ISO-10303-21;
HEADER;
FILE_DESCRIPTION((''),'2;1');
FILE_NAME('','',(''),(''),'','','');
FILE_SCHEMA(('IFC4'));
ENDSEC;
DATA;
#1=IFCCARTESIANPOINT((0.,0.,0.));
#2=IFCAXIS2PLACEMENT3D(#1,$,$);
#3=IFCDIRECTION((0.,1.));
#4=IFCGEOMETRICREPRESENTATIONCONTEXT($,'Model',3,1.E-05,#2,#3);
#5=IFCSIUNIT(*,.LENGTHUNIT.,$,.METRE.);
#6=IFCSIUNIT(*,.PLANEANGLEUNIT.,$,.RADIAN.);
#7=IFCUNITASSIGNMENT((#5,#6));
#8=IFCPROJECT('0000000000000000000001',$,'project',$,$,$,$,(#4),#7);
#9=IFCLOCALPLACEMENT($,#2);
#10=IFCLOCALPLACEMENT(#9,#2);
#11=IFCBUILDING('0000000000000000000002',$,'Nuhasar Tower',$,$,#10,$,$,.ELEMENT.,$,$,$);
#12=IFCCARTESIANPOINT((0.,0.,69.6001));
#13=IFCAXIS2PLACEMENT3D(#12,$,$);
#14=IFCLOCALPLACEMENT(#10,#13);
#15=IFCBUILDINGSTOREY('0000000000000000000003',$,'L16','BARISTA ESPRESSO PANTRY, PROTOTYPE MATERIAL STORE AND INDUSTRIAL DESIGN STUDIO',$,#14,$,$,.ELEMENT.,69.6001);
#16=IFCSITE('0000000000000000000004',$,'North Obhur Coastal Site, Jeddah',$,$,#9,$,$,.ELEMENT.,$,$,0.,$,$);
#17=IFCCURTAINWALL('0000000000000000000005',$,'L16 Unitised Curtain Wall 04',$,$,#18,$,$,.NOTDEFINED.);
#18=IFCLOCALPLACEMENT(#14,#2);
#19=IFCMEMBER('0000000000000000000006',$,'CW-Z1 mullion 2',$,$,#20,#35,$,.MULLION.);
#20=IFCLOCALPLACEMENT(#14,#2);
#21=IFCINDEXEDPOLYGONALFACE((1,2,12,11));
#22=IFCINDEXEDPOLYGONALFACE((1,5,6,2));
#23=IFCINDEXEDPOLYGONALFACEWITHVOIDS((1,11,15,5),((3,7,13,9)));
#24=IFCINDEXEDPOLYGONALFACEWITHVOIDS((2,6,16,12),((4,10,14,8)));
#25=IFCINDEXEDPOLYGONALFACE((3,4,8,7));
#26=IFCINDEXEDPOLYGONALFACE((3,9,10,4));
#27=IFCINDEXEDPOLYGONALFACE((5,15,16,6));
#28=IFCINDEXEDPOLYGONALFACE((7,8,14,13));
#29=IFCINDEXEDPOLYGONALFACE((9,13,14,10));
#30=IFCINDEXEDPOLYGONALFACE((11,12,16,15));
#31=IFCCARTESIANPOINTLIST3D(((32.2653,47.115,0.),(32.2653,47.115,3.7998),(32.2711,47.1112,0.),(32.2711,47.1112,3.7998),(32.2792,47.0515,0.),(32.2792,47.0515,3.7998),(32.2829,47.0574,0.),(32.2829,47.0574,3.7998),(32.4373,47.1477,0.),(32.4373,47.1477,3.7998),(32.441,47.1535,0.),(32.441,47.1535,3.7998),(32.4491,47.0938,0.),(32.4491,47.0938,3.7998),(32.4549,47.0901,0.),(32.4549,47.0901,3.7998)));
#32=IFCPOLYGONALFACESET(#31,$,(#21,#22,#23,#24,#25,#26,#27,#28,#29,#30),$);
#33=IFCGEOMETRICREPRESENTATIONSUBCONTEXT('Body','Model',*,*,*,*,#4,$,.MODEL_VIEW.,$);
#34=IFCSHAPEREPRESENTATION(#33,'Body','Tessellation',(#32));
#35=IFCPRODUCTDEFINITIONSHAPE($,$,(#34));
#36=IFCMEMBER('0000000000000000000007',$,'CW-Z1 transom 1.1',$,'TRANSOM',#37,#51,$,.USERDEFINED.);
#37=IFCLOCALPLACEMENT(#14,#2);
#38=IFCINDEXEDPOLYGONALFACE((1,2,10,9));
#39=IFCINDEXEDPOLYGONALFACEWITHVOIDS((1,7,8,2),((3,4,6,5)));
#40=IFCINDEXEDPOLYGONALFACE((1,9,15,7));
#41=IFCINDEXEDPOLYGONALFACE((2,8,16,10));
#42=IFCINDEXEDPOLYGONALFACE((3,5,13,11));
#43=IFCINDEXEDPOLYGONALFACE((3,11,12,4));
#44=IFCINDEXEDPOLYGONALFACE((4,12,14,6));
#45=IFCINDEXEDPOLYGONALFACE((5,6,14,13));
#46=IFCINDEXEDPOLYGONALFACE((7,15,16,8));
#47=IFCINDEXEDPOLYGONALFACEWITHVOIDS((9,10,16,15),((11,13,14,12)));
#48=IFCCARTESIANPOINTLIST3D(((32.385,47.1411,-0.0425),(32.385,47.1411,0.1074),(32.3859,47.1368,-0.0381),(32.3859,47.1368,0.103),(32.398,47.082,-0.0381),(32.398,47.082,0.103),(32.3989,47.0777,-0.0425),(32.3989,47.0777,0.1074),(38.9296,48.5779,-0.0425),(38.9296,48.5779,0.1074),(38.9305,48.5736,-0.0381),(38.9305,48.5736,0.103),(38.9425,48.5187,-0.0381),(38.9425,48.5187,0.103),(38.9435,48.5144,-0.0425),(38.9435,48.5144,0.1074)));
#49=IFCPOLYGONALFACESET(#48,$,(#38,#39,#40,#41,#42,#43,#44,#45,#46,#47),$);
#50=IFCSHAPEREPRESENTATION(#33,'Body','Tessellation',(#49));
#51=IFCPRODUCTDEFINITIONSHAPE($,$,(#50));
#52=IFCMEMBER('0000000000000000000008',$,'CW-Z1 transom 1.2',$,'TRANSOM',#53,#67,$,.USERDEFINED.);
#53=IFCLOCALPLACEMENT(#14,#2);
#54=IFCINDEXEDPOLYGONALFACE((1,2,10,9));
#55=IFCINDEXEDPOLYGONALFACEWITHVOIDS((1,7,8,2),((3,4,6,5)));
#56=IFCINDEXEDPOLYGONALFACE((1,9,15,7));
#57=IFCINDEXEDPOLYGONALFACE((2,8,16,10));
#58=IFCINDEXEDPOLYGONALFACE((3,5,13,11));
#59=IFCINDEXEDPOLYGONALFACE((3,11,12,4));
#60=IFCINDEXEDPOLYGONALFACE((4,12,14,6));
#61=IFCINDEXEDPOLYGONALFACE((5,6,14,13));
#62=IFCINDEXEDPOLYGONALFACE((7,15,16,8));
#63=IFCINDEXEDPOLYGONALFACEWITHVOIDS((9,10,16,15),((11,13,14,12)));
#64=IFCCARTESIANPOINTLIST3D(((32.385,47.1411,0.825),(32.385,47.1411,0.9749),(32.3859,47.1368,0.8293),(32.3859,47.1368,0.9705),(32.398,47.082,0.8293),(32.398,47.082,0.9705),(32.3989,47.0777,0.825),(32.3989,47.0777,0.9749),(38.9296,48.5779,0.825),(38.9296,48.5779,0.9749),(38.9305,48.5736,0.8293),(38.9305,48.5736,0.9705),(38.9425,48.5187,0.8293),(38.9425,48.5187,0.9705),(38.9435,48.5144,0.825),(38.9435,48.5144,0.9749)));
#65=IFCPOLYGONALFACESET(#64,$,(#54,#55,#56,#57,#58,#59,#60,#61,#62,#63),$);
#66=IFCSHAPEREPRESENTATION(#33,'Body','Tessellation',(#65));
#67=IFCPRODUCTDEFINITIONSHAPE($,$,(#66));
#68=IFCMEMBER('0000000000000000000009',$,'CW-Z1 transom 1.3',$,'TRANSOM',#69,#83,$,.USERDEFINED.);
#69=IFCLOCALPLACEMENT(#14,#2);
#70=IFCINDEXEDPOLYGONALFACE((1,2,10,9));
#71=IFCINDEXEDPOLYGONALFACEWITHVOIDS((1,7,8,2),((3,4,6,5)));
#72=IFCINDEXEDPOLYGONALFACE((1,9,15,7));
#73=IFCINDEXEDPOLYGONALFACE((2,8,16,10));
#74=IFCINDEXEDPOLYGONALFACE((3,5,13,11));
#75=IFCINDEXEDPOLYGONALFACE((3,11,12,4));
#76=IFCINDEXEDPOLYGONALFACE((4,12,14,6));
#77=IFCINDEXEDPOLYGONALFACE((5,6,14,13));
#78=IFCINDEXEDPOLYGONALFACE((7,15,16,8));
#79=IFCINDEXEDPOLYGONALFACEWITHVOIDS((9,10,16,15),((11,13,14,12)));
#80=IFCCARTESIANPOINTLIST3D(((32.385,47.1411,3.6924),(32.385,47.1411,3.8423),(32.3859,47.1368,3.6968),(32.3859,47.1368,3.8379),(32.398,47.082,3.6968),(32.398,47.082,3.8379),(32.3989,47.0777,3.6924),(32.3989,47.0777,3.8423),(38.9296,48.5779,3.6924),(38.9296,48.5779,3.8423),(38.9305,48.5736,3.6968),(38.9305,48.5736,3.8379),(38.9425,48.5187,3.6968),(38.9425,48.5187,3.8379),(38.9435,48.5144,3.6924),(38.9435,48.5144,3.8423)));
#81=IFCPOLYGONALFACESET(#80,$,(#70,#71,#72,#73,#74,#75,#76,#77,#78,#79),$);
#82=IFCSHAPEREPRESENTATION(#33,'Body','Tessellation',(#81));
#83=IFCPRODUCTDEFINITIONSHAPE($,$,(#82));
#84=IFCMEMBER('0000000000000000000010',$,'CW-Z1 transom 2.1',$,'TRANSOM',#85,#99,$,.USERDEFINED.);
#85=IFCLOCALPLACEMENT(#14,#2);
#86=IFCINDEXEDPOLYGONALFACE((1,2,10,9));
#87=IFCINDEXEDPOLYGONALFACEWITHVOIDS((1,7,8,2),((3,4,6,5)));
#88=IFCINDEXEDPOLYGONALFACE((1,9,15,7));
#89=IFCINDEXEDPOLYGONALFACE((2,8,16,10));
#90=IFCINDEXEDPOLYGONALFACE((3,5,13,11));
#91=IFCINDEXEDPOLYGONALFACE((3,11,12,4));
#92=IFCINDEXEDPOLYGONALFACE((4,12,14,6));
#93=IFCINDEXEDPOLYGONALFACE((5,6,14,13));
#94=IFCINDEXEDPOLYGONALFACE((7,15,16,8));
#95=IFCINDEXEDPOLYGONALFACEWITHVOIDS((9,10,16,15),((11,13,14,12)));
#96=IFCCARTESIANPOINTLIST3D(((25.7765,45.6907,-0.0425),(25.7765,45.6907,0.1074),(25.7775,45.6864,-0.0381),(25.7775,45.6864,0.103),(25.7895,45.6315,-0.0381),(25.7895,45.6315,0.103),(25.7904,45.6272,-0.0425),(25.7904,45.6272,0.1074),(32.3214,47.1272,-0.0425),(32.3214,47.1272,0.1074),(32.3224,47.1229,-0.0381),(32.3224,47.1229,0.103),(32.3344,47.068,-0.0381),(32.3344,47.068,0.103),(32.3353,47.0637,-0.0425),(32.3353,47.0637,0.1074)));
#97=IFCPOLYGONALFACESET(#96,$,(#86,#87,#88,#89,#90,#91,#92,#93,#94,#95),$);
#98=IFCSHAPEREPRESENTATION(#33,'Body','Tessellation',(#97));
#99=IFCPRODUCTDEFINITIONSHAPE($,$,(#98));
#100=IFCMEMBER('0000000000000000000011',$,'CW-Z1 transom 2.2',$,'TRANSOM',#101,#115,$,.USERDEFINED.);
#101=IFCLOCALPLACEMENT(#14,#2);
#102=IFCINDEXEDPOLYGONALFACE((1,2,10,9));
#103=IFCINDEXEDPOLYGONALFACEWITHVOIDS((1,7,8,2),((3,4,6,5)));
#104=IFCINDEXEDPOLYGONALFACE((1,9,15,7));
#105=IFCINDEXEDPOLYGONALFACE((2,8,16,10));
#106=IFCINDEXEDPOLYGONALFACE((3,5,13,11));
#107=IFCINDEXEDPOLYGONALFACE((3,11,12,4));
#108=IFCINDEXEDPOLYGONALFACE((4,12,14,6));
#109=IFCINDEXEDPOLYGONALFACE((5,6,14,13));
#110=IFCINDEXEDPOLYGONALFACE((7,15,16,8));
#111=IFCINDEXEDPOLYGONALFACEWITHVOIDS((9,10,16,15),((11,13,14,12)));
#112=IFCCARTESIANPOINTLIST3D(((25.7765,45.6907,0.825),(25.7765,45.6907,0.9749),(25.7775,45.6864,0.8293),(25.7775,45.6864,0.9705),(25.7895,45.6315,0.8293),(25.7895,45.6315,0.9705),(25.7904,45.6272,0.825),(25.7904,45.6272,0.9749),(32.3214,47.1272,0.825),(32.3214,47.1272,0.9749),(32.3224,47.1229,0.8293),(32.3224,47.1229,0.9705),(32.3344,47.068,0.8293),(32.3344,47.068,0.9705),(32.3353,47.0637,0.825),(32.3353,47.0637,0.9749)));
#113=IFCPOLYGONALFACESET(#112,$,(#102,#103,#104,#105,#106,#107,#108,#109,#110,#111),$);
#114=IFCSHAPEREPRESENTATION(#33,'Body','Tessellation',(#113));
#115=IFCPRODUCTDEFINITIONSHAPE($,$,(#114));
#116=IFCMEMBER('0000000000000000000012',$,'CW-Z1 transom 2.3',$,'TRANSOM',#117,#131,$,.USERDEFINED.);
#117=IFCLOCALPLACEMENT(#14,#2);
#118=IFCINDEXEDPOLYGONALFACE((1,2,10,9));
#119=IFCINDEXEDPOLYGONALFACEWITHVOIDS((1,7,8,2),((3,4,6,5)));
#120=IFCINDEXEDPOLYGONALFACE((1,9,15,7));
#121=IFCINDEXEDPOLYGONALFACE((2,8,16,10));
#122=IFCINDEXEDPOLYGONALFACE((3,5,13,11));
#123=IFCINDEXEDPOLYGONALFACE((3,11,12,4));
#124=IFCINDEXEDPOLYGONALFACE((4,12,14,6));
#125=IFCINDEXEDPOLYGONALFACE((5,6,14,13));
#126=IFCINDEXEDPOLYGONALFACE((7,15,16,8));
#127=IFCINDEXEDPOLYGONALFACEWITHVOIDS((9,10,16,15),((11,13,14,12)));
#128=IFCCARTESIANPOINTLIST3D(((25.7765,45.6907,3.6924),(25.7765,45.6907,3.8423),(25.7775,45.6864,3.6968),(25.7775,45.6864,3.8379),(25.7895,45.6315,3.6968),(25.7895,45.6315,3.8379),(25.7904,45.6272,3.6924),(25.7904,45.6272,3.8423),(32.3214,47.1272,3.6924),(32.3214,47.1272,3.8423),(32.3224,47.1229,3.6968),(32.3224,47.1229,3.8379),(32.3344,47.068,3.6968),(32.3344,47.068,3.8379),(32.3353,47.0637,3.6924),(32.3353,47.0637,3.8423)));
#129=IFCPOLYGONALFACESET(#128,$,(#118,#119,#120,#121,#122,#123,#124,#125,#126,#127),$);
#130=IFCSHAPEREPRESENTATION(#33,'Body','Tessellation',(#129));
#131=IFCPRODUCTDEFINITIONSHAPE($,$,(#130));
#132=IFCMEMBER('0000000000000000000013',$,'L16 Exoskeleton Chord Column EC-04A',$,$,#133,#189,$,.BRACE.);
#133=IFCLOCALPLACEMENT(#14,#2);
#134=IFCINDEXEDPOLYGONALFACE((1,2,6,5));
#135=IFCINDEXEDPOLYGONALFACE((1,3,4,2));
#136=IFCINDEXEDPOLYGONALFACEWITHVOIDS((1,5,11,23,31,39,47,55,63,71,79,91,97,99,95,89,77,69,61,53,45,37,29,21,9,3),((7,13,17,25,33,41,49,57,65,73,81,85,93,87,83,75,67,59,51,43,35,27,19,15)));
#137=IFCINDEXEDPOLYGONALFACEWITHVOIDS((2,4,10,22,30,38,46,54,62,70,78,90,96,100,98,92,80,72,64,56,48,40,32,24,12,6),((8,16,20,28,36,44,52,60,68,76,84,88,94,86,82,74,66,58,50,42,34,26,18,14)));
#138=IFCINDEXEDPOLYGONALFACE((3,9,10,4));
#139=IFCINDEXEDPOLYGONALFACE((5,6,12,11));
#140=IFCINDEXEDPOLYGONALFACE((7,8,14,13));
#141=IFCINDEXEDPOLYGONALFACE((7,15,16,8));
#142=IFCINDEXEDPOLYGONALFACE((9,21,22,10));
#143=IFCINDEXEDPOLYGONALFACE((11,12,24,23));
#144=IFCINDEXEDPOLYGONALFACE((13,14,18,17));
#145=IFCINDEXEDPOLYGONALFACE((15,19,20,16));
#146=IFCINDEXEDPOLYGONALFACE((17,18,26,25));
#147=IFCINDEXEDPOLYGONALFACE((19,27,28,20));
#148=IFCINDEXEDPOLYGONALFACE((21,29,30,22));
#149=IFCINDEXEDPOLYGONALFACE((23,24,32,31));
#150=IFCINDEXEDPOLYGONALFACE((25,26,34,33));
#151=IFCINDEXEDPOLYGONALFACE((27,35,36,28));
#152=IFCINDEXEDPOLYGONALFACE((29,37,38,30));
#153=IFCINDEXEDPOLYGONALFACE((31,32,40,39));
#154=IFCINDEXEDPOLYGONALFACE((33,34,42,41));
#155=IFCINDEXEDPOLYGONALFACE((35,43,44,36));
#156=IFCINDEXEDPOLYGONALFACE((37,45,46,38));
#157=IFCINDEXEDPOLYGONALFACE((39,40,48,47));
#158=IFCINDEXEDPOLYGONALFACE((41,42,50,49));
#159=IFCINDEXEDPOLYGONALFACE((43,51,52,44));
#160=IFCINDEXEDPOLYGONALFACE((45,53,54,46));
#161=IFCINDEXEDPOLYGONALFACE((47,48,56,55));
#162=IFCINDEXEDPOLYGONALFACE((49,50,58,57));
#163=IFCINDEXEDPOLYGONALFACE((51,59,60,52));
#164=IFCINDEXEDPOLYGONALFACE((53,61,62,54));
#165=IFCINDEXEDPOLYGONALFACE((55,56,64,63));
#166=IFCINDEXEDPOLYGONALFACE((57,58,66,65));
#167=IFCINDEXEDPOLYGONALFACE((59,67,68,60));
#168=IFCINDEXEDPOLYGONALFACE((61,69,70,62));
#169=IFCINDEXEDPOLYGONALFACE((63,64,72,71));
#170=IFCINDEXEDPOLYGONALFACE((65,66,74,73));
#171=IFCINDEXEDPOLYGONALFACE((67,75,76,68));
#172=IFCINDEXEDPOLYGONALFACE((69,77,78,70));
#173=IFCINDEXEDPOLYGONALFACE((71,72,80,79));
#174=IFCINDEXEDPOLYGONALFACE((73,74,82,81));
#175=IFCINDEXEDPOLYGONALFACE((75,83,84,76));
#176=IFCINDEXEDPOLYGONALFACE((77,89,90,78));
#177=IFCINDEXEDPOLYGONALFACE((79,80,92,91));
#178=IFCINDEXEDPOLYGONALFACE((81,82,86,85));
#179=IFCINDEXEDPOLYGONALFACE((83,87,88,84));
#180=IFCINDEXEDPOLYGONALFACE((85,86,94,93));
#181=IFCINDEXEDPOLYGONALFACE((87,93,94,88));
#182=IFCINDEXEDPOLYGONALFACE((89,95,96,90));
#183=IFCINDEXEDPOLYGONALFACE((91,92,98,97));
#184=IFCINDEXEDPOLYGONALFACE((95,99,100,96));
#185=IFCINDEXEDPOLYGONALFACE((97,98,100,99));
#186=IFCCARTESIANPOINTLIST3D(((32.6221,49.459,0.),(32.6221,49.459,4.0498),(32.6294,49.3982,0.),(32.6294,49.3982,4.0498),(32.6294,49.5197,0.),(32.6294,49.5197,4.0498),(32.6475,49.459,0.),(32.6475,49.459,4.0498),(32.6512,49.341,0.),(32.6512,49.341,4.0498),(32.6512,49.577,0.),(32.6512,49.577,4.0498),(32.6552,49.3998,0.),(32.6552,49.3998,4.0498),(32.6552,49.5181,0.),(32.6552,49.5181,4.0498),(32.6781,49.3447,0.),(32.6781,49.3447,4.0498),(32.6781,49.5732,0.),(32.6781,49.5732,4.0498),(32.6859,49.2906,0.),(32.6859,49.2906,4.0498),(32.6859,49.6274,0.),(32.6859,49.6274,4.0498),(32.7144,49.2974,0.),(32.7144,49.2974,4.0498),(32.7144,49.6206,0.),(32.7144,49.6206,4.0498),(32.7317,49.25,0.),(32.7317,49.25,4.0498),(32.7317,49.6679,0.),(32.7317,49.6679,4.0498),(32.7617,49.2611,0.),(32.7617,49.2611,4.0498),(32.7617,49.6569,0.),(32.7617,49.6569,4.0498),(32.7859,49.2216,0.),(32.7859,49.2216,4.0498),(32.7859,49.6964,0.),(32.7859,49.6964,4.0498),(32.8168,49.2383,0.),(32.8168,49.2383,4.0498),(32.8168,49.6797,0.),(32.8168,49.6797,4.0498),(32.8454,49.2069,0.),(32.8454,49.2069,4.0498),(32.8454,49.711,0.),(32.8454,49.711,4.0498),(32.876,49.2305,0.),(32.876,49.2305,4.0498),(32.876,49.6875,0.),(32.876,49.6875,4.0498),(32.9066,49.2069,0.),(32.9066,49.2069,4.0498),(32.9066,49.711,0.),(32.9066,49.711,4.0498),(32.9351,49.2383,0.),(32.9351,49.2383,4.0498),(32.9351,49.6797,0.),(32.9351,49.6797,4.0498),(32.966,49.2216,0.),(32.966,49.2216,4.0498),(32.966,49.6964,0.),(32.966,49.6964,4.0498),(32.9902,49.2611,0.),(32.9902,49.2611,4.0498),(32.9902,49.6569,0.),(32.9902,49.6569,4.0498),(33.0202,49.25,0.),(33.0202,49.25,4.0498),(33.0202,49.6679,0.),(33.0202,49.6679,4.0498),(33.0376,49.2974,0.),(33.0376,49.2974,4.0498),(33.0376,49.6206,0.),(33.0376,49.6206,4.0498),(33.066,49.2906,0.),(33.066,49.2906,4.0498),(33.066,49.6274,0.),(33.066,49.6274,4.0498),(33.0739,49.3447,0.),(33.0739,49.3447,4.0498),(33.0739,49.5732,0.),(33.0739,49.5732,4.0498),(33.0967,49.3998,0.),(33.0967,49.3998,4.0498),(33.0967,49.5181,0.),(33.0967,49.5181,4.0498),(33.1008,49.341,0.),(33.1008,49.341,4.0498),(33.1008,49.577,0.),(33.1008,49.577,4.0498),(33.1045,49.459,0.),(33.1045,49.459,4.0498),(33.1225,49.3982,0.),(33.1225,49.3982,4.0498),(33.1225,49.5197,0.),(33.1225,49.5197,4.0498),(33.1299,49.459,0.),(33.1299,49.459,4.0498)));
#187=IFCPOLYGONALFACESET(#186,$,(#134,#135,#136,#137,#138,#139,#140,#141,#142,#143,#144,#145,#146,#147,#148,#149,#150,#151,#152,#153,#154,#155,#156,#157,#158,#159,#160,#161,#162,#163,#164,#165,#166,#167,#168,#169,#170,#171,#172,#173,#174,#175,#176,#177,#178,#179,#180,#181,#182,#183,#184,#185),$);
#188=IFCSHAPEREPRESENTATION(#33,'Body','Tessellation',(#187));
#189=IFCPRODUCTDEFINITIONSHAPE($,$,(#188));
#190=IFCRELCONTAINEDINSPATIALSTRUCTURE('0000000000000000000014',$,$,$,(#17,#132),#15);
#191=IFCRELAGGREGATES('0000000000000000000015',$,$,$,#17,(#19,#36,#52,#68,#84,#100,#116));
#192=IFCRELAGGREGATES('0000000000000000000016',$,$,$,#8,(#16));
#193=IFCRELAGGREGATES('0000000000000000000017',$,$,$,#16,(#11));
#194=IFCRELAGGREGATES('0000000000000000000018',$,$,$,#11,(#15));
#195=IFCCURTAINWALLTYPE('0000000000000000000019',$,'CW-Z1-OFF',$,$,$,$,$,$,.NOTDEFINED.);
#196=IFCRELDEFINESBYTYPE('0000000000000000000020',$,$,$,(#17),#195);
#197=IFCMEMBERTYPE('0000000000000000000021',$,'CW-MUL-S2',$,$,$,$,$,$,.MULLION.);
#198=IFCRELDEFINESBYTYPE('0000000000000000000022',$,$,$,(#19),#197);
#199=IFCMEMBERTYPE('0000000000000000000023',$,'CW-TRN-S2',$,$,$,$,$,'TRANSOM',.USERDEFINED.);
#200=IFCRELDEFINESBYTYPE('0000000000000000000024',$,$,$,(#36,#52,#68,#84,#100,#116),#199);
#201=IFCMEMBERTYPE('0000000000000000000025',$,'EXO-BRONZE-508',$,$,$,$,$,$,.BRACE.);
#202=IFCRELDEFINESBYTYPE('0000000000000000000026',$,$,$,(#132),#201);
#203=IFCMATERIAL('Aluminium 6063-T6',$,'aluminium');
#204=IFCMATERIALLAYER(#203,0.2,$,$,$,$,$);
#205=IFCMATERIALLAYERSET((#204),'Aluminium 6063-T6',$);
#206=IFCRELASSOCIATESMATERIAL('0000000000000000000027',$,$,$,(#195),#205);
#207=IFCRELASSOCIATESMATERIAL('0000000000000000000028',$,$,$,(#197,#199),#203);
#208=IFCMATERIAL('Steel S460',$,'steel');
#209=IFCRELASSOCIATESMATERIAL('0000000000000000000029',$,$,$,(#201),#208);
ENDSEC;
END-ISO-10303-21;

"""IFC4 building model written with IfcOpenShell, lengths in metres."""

from ifc_helpers import new_model, si_unit, direction, frame, origin, origin_2d, place, context, subcontext, project, spatial, hollow_rectangle, hollow_circle, extrude, material, layer, layer_set, material_profile, profile_set, type_object, element, aggregate, save


model = new_model("IFC4")

# Units and contexts
model_context = context("Model", 3, precision=1e-05, world=origin(), true_north=direction((0.0, 1.0)))
body_context = subcontext(model_context, "Body", "Model", "MODEL_VIEW")
ifc_project = project(units=[si_unit("LENGTHUNIT", "METRE"), si_unit("PLANEANGLEUNIT", "RADIAN")], contexts=[model_context])

# Site, building, storey
site_placement = place(None, origin())
site = spatial("IfcSite", under=ifc_project, at=site_placement, Name="North Obhur Coastal Site, Jeddah", CompositionType="ELEMENT", RefElevation=0.0)
building_placement = place(site_placement, origin())
building = spatial("IfcBuilding", under=site, at=building_placement, Name="Nuhasar Tower", CompositionType="ELEMENT")
storey_placement = place(building_placement, frame((0.0, 0.0, 69.6001)))
storey = spatial("IfcBuildingStorey", under=building, at=storey_placement, Name="L16", Description="BARISTA ESPRESSO PANTRY, PROTOTYPE MATERIAL STORE AND INDUSTRIAL DESIGN STUDIO", CompositionType="ELEMENT", Elevation=69.6001)

# Curtain wall, members
ifc_material_1 = material(Name="Aluminium 6063-T6", Category="aluminium")
ifc_layer_1 = layer(ifc_material_1, 0.2)
ifc_layer_set_1 = layer_set([ifc_layer_1], Name="Aluminium 6063-T6")
curtain_wall_type = type_object("IfcCurtainWallType", Name="CW-Z1-OFF", PredefinedType="NOTDEFINED", material=ifc_layer_set_1)
curtain_wall_placement = place(storey_placement, origin())
curtain_wall = element("IfcCurtainWall", 1, at=curtain_wall_placement, inside=storey, type_object=curtain_wall_type, Name="L16 Unitised Curtain Wall 04", PredefinedType="NOTDEFINED")
ifc_material_profile_1 = material_profile(ifc_material_1, hollow_rectangle(XDim=0.0649, YDim=0.1799, WallThickness=0.0049, at=origin_2d()), Name="CWM-2")
ifc_profile_set_1 = profile_set([ifc_material_profile_1], Name="Aluminium 6063-T6")
member_type_1 = type_object("IfcMemberType", Name="CW-MUL-S2", PredefinedType="MULLION", material=ifc_profile_set_1)
member_1_placement = place(storey_placement, frame((32.3601, 47.1025, 0.0), z_axis=(0.0, 0.0, 1.0), x_axis=(0.214399, -0.976746, 0.0)))
member_1 = element("IfcMember", 2, at=member_1_placement, type_object=member_type_1, Name="CW-Z1 mullion 2", PredefinedType="MULLION", context=body_context, shape_type="SweptSolid", body=[
    extrude(hollow_rectangle(XDim=0.0649, YDim=0.1799, WallThickness=0.0049, at=origin_2d()), origin(), (0.0, 0.0, 1.0), 3.7998),
])
ifc_material_profile_2 = material_profile(ifc_material_1, hollow_rectangle(XDim=0.0649, YDim=0.1499, WallThickness=0.0044, at=origin_2d()), Name="CWT-2")
ifc_profile_set_2 = profile_set([ifc_material_profile_2], Name="Aluminium 6063-T6")
member_type_2 = type_object("IfcMemberType", Name="CW-TRN-S2", ElementType="TRANSOM", PredefinedType="USERDEFINED", material=ifc_profile_set_2)
member_2_placement = place(storey_placement, frame((38.9365, 48.5461, 0.0325), z_axis=(-0.97674, -0.214426, 0.0), x_axis=(0.214426, -0.97674, 0.0)))
member_2 = element("IfcMember", 3, at=member_2_placement, type_object=member_type_2, Name="CW-Z1 transom 1.1", ObjectType="TRANSOM", PredefinedType="USERDEFINED", context=body_context, shape_type="SweptSolid", body=[
    extrude(hollow_rectangle(XDim=0.0649, YDim=0.1499, WallThickness=0.0044, at=origin_2d()), origin(), (0.0, 0.0, 1.0), 6.7004),
])
member_3_placement = place(storey_placement, frame((38.9365, 48.5461, 0.8999), z_axis=(-0.97674, -0.214426, 0.0), x_axis=(0.214426, -0.97674, 0.0)))
member_3 = element("IfcMember", 4, at=member_3_placement, type_object=member_type_2, Name="CW-Z1 transom 1.2", ObjectType="TRANSOM", PredefinedType="USERDEFINED", context=body_context, shape_type="SweptSolid", body=[
    extrude(hollow_rectangle(XDim=0.0649, YDim=0.1499, WallThickness=0.0044, at=origin_2d()), origin(), (0.0, 0.0, 1.0), 6.7004),
])
member_4_placement = place(storey_placement, frame((38.9365, 48.5461, 3.7673), z_axis=(-0.97674, -0.214426, 0.0), x_axis=(0.214426, -0.97674, 0.0)))
member_4 = element("IfcMember", 5, at=member_4_placement, type_object=member_type_2, Name="CW-Z1 transom 1.3", ObjectType="TRANSOM", PredefinedType="USERDEFINED", context=body_context, shape_type="SweptSolid", body=[
    extrude(hollow_rectangle(XDim=0.0649, YDim=0.1499, WallThickness=0.0044, at=origin_2d()), origin(), (0.0, 0.0, 1.0), 6.7004),
])
member_5_placement = place(storey_placement, frame((32.3284, 47.0955, 0.0325), z_axis=(-0.97675, -0.214384, 0.0), x_axis=(0.214384, -0.97675, 0.0)))
member_5 = element("IfcMember", 6, at=member_5_placement, type_object=member_type_2, Name="CW-Z1 transom 2.1", ObjectType="TRANSOM", PredefinedType="USERDEFINED", context=body_context, shape_type="SweptSolid", body=[
    extrude(hollow_rectangle(XDim=0.0649, YDim=0.1499, WallThickness=0.0044, at=origin_2d()), origin(), (0.0, 0.0, 1.0), 6.7007),
])
member_6_placement = place(storey_placement, frame((32.3284, 47.0955, 0.8999), z_axis=(-0.97675, -0.214384, 0.0), x_axis=(0.214384, -0.97675, 0.0)))
member_6 = element("IfcMember", 7, at=member_6_placement, type_object=member_type_2, Name="CW-Z1 transom 2.2", ObjectType="TRANSOM", PredefinedType="USERDEFINED", context=body_context, shape_type="SweptSolid", body=[
    extrude(hollow_rectangle(XDim=0.0649, YDim=0.1499, WallThickness=0.0044, at=origin_2d()), origin(), (0.0, 0.0, 1.0), 6.7007),
])
member_7_placement = place(storey_placement, frame((32.3284, 47.0955, 3.7673), z_axis=(-0.97675, -0.214384, 0.0), x_axis=(0.214384, -0.97675, 0.0)))
member_7 = element("IfcMember", 8, at=member_7_placement, type_object=member_type_2, Name="CW-Z1 transom 2.3", ObjectType="TRANSOM", PredefinedType="USERDEFINED", context=body_context, shape_type="SweptSolid", body=[
    extrude(hollow_rectangle(XDim=0.0649, YDim=0.1499, WallThickness=0.0044, at=origin_2d()), origin(), (0.0, 0.0, 1.0), 6.7007),
])

# Member
ifc_material_2 = material(Name="Steel S460", Category="steel")
ifc_material_profile_3 = material_profile(ifc_material_2, hollow_circle(Radius=0.2539, WallThickness=0.0254, at=origin_2d()), Name="HSS508X25.4")
ifc_profile_set_3 = profile_set([ifc_material_profile_3], Name="Steel S460")
member_type_3 = type_object("IfcMemberType", Name="EXO-BRONZE-508", PredefinedType="BRACE", material=ifc_profile_set_3)
for number, where, z_axis, x_axis, name in (
    (9, (32.876, 49.459, 0.0), (0.0, 0.0, 1.0), (1.0, 0.0, 0.0), "L16 Exoskeleton Chord Column EC-04A"),
):
    element("IfcMember", number, at=place(storey_placement, frame(where, z_axis=z_axis, x_axis=x_axis)), inside=storey, type_object=member_type_3, Name=name, PredefinedType="BRACE", context=body_context, shape_type="SweptSolid", body=[
        extrude(hollow_circle(Radius=0.2539, WallThickness=0.0254, at=origin_2d()), origin(), (0.0, 0.0, 1.0), 4.0498),
    ])

aggregate(curtain_wall, [member_1, member_2, member_3, member_4, member_5, member_6, member_7])

save(model, "model.ifc")
